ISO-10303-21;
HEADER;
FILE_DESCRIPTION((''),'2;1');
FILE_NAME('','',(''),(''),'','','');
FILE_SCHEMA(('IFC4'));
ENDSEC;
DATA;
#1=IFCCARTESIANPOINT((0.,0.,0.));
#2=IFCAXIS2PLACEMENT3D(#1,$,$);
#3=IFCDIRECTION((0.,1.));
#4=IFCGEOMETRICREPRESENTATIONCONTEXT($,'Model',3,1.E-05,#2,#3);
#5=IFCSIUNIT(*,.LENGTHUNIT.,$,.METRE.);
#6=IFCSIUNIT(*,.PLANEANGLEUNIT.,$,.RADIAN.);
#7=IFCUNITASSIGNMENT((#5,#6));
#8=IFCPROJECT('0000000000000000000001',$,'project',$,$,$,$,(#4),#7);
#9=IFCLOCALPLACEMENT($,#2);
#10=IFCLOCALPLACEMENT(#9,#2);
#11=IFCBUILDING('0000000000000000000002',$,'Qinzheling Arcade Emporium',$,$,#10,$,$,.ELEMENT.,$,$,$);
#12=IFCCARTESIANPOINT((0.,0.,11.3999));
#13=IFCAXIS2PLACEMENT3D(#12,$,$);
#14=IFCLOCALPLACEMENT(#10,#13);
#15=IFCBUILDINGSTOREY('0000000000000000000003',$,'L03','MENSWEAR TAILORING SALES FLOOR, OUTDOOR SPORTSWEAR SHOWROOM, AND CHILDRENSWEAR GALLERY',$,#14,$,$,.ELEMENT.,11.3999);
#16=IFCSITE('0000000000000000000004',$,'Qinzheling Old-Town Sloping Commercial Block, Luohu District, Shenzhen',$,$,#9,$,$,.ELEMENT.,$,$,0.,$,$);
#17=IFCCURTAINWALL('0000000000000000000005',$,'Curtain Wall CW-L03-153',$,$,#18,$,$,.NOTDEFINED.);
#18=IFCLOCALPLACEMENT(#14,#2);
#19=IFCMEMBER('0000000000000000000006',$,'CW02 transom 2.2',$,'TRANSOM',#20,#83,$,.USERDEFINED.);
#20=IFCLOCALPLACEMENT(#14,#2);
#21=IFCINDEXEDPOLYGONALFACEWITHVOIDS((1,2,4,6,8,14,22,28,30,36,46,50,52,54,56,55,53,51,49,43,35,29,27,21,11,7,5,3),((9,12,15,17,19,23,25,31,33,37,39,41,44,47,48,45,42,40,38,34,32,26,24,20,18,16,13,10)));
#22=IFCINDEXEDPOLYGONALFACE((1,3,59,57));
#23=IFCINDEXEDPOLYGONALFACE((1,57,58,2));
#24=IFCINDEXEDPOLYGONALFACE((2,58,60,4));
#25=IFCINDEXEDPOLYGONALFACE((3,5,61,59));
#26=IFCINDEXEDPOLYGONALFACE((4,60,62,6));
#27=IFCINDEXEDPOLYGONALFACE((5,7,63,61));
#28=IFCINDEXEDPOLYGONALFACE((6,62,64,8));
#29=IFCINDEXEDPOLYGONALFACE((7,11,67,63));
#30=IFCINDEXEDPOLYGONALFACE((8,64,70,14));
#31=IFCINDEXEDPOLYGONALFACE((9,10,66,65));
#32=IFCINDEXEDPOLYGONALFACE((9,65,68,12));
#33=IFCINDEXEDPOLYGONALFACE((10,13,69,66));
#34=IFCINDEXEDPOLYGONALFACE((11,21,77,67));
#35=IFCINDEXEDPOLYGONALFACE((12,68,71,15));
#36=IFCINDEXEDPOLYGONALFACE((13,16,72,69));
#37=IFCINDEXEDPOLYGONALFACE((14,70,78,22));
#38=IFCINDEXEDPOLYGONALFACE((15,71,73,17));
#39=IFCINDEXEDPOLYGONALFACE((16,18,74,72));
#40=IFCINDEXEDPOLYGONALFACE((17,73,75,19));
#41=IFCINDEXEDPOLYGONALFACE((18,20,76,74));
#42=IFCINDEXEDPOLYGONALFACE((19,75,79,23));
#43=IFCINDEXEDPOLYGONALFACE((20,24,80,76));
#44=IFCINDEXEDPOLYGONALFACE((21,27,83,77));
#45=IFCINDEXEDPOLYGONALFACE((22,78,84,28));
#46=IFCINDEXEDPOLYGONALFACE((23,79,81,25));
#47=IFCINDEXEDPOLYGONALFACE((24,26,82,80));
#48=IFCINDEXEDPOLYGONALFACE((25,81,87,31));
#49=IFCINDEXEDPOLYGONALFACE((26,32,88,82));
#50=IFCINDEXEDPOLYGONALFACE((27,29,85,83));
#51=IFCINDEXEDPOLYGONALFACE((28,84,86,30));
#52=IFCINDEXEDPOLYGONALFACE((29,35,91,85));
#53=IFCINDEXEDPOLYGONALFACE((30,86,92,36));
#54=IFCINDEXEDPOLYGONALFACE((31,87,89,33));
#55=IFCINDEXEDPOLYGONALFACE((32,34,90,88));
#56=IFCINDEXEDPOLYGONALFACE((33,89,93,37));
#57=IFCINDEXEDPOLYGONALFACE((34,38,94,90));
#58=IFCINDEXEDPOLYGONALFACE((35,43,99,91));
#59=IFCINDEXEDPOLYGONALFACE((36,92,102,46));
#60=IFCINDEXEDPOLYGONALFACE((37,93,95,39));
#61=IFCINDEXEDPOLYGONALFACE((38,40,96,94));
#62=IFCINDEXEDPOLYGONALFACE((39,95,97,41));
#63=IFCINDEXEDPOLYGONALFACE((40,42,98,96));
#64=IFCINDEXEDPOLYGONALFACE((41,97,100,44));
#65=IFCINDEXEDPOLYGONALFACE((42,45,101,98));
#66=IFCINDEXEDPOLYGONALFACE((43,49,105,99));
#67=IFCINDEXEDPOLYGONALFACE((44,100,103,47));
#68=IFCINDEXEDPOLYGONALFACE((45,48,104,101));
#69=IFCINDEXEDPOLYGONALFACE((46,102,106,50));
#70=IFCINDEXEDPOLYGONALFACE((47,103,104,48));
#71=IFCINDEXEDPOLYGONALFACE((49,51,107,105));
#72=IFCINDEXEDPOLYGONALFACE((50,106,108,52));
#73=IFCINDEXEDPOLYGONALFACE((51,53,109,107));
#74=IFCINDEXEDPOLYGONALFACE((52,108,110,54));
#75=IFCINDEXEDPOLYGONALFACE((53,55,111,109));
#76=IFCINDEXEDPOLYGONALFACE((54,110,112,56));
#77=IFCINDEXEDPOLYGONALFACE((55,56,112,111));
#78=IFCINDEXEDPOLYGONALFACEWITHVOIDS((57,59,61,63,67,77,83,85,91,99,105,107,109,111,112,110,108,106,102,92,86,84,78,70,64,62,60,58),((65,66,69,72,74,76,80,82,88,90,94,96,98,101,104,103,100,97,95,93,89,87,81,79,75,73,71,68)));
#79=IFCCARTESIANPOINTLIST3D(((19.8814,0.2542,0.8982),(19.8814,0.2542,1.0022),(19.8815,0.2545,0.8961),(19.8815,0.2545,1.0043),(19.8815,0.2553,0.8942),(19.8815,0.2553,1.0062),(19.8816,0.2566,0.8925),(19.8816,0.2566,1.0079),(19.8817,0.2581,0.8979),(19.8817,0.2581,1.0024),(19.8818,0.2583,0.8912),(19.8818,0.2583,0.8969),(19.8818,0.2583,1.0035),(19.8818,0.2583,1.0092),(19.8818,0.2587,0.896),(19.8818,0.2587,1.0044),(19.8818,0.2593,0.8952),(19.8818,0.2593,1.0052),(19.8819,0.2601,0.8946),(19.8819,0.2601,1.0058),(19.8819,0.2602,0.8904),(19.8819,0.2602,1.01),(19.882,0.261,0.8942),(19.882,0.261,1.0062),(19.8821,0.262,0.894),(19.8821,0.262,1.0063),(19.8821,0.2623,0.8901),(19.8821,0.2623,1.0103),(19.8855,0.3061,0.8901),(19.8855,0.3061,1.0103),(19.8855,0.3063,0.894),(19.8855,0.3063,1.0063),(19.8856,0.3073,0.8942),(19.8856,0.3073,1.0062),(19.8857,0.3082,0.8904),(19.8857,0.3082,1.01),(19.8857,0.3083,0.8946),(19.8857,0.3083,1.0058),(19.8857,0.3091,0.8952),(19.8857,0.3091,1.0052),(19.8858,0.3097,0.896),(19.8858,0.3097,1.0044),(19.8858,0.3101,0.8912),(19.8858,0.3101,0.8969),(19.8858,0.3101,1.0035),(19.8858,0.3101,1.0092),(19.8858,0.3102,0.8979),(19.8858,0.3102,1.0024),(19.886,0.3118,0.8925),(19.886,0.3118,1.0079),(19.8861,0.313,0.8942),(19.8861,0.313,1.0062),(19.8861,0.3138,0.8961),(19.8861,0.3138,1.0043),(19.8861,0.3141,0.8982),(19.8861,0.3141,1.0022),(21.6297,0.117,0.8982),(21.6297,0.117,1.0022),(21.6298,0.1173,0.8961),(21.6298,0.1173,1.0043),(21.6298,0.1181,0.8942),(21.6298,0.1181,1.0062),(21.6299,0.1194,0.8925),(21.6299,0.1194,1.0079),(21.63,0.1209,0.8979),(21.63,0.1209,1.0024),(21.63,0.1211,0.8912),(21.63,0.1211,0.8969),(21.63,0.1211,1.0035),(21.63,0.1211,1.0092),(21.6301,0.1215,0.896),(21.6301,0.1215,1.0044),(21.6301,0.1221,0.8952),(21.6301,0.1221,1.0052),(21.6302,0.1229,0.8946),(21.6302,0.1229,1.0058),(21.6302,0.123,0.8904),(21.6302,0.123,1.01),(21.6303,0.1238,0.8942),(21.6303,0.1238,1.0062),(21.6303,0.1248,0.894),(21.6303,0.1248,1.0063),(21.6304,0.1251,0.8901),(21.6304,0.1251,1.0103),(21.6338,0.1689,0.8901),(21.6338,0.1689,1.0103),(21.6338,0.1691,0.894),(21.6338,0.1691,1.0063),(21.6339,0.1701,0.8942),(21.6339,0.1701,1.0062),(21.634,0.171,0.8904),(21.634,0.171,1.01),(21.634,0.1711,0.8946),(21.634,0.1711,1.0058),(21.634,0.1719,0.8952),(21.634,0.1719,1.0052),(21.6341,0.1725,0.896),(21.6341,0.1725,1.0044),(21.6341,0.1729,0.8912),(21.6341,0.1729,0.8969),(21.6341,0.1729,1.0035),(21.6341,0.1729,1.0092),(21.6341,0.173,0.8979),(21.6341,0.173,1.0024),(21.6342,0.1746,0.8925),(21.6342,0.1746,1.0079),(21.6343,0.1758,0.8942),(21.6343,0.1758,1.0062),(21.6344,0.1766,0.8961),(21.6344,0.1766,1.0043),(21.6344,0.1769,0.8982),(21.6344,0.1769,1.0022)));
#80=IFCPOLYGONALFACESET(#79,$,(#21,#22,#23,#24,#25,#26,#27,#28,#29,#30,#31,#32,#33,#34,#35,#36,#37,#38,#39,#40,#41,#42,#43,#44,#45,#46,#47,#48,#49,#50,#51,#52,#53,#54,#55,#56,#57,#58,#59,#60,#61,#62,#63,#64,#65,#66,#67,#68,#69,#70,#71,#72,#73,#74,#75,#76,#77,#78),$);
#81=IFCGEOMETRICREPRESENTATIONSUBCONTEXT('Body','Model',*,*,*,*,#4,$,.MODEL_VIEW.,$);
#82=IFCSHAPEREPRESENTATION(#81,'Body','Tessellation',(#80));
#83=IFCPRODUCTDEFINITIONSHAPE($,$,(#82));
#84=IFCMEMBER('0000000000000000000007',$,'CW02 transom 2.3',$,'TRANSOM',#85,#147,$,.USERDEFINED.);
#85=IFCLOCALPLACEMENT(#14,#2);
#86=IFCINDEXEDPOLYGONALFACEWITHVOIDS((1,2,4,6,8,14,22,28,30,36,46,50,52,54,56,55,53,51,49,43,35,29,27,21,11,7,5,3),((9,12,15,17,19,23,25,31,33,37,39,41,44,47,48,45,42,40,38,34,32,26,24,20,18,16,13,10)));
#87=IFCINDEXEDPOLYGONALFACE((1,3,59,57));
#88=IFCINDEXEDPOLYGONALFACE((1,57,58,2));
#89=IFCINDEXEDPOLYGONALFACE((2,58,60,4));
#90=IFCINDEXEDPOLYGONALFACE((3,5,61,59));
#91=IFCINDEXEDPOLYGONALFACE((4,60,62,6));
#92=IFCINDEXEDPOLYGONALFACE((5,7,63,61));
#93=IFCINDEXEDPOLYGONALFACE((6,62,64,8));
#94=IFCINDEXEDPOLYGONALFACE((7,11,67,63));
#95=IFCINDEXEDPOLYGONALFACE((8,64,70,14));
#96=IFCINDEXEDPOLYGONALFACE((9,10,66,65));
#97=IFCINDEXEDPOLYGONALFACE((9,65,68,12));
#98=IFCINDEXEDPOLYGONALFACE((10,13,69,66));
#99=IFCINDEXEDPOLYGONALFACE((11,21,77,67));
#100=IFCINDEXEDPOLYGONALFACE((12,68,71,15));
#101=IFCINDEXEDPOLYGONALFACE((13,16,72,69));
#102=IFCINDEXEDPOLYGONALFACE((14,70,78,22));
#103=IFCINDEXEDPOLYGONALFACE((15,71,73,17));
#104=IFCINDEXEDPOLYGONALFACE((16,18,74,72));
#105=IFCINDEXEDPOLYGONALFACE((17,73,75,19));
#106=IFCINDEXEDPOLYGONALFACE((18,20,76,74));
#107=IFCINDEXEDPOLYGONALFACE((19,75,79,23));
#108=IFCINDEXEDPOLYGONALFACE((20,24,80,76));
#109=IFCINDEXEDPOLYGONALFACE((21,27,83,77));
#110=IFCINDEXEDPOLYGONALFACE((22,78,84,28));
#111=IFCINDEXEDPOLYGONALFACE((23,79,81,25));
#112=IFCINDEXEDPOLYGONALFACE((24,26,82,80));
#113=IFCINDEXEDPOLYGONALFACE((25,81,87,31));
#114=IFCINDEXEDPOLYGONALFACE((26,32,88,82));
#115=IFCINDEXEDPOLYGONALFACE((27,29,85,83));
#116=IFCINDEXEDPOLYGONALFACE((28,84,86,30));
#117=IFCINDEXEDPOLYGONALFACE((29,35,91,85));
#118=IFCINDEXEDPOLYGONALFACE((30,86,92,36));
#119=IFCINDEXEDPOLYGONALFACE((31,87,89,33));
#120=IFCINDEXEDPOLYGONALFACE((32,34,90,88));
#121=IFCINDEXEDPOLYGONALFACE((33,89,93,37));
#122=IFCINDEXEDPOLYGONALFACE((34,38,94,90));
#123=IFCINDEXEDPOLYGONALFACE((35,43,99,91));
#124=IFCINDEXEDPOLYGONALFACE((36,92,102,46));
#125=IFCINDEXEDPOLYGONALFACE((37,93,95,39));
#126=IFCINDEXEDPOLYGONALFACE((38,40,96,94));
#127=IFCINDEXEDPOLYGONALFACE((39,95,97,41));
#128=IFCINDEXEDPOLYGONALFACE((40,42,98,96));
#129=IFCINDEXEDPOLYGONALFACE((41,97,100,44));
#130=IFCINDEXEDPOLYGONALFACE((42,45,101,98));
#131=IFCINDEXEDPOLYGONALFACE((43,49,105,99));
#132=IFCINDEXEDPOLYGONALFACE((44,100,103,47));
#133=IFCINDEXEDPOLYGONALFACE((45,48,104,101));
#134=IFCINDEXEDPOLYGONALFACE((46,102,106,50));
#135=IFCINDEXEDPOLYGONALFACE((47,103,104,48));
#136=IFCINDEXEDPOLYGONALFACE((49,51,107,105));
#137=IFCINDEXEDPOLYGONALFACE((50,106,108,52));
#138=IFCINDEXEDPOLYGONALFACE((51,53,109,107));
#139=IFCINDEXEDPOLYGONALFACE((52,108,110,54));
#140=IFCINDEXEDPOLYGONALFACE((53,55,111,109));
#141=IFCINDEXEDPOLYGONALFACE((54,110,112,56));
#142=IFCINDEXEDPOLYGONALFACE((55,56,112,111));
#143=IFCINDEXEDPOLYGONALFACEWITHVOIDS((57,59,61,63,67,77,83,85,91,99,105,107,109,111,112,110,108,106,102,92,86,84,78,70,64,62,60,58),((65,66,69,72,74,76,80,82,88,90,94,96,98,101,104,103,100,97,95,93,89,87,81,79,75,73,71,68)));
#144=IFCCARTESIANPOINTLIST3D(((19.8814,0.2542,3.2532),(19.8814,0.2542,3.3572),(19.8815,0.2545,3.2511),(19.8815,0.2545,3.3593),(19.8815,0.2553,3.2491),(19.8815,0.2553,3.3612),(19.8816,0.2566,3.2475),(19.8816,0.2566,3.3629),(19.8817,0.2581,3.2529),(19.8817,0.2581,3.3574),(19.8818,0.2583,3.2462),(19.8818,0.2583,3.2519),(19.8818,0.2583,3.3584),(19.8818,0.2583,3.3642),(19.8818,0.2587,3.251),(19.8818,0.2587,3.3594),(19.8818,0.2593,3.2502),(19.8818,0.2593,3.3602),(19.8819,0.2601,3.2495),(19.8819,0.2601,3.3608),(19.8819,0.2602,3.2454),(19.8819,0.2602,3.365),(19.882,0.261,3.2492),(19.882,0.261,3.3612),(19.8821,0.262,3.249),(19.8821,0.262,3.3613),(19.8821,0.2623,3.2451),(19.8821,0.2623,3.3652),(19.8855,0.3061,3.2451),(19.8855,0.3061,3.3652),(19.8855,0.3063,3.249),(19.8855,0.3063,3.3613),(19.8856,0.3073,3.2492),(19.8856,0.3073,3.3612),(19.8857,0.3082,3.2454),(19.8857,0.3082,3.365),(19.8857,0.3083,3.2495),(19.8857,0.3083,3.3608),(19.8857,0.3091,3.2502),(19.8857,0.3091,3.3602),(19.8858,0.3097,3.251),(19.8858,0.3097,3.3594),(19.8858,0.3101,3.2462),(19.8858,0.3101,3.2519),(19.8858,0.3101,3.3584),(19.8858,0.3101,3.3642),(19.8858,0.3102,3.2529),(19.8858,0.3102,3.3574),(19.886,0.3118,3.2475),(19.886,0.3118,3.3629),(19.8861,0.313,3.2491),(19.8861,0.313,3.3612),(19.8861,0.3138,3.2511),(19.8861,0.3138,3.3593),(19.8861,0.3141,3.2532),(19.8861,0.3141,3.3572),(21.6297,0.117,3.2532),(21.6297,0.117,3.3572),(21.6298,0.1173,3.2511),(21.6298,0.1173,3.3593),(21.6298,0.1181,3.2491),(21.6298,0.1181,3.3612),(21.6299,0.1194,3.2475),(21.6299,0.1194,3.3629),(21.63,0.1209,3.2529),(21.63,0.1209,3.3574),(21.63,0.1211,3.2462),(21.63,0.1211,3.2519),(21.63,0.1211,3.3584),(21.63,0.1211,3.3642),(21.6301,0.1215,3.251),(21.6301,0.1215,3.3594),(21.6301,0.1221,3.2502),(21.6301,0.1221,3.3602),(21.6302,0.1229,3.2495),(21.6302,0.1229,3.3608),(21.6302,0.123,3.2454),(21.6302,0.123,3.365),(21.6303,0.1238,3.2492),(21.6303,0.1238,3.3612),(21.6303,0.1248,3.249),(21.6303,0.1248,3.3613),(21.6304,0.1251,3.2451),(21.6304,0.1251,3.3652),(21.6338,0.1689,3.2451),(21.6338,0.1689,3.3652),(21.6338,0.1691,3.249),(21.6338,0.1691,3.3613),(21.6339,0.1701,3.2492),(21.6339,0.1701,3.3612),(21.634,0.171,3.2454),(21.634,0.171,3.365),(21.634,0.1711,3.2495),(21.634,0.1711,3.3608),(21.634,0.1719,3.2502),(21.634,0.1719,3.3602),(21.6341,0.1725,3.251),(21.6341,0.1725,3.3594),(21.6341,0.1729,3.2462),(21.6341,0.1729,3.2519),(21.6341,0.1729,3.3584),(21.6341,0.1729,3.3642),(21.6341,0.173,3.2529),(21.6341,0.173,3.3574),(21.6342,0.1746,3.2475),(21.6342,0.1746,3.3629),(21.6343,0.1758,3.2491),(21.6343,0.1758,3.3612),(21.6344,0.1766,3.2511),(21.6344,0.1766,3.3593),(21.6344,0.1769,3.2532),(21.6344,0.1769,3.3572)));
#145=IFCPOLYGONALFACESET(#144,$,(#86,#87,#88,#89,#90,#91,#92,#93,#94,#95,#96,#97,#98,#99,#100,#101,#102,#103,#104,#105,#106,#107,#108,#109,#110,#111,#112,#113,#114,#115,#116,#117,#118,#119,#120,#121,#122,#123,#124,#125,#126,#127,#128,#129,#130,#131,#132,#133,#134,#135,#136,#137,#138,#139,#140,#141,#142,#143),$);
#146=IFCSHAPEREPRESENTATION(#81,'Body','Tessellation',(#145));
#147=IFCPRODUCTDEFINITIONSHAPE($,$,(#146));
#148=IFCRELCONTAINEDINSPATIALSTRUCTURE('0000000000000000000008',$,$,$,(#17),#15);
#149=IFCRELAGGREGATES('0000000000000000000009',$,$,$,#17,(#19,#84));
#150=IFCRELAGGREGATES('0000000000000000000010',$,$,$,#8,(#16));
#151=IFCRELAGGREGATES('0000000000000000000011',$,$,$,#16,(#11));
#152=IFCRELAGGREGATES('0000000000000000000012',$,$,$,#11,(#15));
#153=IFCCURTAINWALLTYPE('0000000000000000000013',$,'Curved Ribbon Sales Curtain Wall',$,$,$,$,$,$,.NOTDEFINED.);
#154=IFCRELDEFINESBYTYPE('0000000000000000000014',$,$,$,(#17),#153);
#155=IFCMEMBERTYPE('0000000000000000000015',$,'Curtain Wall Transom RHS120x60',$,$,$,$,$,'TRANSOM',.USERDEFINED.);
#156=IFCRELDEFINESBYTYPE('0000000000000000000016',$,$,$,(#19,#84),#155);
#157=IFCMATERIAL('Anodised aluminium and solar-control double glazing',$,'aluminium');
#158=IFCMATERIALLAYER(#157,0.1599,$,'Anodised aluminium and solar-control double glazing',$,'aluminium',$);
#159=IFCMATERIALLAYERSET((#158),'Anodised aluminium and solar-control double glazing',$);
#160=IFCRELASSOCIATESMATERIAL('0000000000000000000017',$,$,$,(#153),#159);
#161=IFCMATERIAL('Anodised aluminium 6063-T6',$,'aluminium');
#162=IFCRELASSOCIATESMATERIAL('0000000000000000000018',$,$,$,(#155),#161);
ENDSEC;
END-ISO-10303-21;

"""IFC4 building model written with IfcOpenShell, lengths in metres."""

from ifc_helpers import new_model, si_unit, direction, frame, origin, origin_2d, place, context, subcontext, project, spatial, hollow_rectangle, extrude, material, layer, layer_set, material_profile, profile_set, type_object, element, aggregate, save


model = new_model("IFC4")

# Units and contexts
model_context = context("Model", 3, precision=1e-05, world=origin(), true_north=direction((0.0, 1.0)))
body_context = subcontext(model_context, "Body", "Model", "MODEL_VIEW")
ifc_project = project(units=[si_unit("LENGTHUNIT", "METRE"), si_unit("PLANEANGLEUNIT", "RADIAN")], contexts=[model_context])

# Site, building, storey
site_placement = place(None, origin())
site = spatial("IfcSite", under=ifc_project, at=site_placement, Name="Qinzheling Old-Town Sloping Commercial Block, Luohu District, Shenzhen", CompositionType="ELEMENT", RefElevation=0.0)
building_placement = place(site_placement, origin())
building = spatial("IfcBuilding", under=site, at=building_placement, Name="Qinzheling Arcade Emporium", CompositionType="ELEMENT")
storey_placement = place(building_placement, frame((0.0, 0.0, 11.3999)))
storey = spatial("IfcBuildingStorey", under=building, at=storey_placement, Name="L03", Description="MENSWEAR TAILORING SALES FLOOR, OUTDOOR SPORTSWEAR SHOWROOM, AND CHILDRENSWEAR GALLERY", CompositionType="ELEMENT", Elevation=11.3999)

# Shared definitions
ifc_material_1 = material(Name="Anodised aluminium and solar-control double glazing", Category="aluminium")
ifc_material_2 = material(Name="Anodised aluminium 6063-T6", Category="aluminium")

# Curtain wall, members
ifc_layer_1 = layer(ifc_material_1, 0.1599, Name="Anodised aluminium and solar-control double glazing", Category="aluminium")
ifc_layer_set_1 = layer_set([ifc_layer_1], Name="Anodised aluminium and solar-control double glazing")
curtain_wall_type_1 = type_object("IfcCurtainWallType", Name="Curved Ribbon Sales Curtain Wall", PredefinedType="NOTDEFINED", material=ifc_layer_set_1)
curtain_wall_1_placement = place(storey_placement, origin())
curtain_wall_1 = element("IfcCurtainWall", 1, at=curtain_wall_1_placement, inside=storey, type_object=curtain_wall_type_1, Name="Curtain Wall CW-L03-153", PredefinedType="NOTDEFINED")
ifc_material_profile_1 = material_profile(ifc_material_2, hollow_rectangle(XDim=0.0601, YDim=0.1201, WallThickness=0.0039, InnerFilletRadius=0.0039, OuterFilletRadius=0.0081, at=origin_2d()), Name="RHS 120x60x4", Category="aluminium")
ifc_profile_set_1 = profile_set([ifc_material_profile_1], Name="Anodised aluminium 6063-T6")
member_type_1 = type_object("IfcMemberType", Name="Curtain Wall Transom RHS120x60", ElementType="TRANSOM", PredefinedType="USERDEFINED", material=ifc_profile_set_1)
member_1_placement = place(storey_placement, frame((21.6321, 0.147, 0.9502), z_axis=(-0.996935, 0.07824, 0.0), x_axis=(-0.07824, -0.996935, 0.0)))
member_1 = element("IfcMember", 2, at=member_1_placement, type_object=member_type_1, Name="CW02 transom 2.2", ObjectType="TRANSOM", PredefinedType="USERDEFINED", context=body_context, shape_type="SweptSolid", body=[
    extrude(hollow_rectangle(XDim=0.0601, YDim=0.1201, WallThickness=0.0039, InnerFilletRadius=0.0039, OuterFilletRadius=0.0081, at=origin_2d()), origin(), (0.0, 0.0, 1.0), 1.7537),
])
member_2_placement = place(storey_placement, frame((21.6321, 0.147, 3.3052), z_axis=(-0.996935, 0.07824, 0.0), x_axis=(-0.07824, -0.996935, 0.0)))
member_2 = element("IfcMember", 3, at=member_2_placement, type_object=member_type_1, Name="CW02 transom 2.3", ObjectType="TRANSOM", PredefinedType="USERDEFINED", context=body_context, shape_type="SweptSolid", body=[
    extrude(hollow_rectangle(XDim=0.0601, YDim=0.1201, WallThickness=0.0039, InnerFilletRadius=0.0039, OuterFilletRadius=0.0081, at=origin_2d()), origin(), (0.0, 0.0, 1.0), 1.7537),
])

aggregate(curtain_wall_1, [member_1, member_2])

save(model, "model.ifc")
